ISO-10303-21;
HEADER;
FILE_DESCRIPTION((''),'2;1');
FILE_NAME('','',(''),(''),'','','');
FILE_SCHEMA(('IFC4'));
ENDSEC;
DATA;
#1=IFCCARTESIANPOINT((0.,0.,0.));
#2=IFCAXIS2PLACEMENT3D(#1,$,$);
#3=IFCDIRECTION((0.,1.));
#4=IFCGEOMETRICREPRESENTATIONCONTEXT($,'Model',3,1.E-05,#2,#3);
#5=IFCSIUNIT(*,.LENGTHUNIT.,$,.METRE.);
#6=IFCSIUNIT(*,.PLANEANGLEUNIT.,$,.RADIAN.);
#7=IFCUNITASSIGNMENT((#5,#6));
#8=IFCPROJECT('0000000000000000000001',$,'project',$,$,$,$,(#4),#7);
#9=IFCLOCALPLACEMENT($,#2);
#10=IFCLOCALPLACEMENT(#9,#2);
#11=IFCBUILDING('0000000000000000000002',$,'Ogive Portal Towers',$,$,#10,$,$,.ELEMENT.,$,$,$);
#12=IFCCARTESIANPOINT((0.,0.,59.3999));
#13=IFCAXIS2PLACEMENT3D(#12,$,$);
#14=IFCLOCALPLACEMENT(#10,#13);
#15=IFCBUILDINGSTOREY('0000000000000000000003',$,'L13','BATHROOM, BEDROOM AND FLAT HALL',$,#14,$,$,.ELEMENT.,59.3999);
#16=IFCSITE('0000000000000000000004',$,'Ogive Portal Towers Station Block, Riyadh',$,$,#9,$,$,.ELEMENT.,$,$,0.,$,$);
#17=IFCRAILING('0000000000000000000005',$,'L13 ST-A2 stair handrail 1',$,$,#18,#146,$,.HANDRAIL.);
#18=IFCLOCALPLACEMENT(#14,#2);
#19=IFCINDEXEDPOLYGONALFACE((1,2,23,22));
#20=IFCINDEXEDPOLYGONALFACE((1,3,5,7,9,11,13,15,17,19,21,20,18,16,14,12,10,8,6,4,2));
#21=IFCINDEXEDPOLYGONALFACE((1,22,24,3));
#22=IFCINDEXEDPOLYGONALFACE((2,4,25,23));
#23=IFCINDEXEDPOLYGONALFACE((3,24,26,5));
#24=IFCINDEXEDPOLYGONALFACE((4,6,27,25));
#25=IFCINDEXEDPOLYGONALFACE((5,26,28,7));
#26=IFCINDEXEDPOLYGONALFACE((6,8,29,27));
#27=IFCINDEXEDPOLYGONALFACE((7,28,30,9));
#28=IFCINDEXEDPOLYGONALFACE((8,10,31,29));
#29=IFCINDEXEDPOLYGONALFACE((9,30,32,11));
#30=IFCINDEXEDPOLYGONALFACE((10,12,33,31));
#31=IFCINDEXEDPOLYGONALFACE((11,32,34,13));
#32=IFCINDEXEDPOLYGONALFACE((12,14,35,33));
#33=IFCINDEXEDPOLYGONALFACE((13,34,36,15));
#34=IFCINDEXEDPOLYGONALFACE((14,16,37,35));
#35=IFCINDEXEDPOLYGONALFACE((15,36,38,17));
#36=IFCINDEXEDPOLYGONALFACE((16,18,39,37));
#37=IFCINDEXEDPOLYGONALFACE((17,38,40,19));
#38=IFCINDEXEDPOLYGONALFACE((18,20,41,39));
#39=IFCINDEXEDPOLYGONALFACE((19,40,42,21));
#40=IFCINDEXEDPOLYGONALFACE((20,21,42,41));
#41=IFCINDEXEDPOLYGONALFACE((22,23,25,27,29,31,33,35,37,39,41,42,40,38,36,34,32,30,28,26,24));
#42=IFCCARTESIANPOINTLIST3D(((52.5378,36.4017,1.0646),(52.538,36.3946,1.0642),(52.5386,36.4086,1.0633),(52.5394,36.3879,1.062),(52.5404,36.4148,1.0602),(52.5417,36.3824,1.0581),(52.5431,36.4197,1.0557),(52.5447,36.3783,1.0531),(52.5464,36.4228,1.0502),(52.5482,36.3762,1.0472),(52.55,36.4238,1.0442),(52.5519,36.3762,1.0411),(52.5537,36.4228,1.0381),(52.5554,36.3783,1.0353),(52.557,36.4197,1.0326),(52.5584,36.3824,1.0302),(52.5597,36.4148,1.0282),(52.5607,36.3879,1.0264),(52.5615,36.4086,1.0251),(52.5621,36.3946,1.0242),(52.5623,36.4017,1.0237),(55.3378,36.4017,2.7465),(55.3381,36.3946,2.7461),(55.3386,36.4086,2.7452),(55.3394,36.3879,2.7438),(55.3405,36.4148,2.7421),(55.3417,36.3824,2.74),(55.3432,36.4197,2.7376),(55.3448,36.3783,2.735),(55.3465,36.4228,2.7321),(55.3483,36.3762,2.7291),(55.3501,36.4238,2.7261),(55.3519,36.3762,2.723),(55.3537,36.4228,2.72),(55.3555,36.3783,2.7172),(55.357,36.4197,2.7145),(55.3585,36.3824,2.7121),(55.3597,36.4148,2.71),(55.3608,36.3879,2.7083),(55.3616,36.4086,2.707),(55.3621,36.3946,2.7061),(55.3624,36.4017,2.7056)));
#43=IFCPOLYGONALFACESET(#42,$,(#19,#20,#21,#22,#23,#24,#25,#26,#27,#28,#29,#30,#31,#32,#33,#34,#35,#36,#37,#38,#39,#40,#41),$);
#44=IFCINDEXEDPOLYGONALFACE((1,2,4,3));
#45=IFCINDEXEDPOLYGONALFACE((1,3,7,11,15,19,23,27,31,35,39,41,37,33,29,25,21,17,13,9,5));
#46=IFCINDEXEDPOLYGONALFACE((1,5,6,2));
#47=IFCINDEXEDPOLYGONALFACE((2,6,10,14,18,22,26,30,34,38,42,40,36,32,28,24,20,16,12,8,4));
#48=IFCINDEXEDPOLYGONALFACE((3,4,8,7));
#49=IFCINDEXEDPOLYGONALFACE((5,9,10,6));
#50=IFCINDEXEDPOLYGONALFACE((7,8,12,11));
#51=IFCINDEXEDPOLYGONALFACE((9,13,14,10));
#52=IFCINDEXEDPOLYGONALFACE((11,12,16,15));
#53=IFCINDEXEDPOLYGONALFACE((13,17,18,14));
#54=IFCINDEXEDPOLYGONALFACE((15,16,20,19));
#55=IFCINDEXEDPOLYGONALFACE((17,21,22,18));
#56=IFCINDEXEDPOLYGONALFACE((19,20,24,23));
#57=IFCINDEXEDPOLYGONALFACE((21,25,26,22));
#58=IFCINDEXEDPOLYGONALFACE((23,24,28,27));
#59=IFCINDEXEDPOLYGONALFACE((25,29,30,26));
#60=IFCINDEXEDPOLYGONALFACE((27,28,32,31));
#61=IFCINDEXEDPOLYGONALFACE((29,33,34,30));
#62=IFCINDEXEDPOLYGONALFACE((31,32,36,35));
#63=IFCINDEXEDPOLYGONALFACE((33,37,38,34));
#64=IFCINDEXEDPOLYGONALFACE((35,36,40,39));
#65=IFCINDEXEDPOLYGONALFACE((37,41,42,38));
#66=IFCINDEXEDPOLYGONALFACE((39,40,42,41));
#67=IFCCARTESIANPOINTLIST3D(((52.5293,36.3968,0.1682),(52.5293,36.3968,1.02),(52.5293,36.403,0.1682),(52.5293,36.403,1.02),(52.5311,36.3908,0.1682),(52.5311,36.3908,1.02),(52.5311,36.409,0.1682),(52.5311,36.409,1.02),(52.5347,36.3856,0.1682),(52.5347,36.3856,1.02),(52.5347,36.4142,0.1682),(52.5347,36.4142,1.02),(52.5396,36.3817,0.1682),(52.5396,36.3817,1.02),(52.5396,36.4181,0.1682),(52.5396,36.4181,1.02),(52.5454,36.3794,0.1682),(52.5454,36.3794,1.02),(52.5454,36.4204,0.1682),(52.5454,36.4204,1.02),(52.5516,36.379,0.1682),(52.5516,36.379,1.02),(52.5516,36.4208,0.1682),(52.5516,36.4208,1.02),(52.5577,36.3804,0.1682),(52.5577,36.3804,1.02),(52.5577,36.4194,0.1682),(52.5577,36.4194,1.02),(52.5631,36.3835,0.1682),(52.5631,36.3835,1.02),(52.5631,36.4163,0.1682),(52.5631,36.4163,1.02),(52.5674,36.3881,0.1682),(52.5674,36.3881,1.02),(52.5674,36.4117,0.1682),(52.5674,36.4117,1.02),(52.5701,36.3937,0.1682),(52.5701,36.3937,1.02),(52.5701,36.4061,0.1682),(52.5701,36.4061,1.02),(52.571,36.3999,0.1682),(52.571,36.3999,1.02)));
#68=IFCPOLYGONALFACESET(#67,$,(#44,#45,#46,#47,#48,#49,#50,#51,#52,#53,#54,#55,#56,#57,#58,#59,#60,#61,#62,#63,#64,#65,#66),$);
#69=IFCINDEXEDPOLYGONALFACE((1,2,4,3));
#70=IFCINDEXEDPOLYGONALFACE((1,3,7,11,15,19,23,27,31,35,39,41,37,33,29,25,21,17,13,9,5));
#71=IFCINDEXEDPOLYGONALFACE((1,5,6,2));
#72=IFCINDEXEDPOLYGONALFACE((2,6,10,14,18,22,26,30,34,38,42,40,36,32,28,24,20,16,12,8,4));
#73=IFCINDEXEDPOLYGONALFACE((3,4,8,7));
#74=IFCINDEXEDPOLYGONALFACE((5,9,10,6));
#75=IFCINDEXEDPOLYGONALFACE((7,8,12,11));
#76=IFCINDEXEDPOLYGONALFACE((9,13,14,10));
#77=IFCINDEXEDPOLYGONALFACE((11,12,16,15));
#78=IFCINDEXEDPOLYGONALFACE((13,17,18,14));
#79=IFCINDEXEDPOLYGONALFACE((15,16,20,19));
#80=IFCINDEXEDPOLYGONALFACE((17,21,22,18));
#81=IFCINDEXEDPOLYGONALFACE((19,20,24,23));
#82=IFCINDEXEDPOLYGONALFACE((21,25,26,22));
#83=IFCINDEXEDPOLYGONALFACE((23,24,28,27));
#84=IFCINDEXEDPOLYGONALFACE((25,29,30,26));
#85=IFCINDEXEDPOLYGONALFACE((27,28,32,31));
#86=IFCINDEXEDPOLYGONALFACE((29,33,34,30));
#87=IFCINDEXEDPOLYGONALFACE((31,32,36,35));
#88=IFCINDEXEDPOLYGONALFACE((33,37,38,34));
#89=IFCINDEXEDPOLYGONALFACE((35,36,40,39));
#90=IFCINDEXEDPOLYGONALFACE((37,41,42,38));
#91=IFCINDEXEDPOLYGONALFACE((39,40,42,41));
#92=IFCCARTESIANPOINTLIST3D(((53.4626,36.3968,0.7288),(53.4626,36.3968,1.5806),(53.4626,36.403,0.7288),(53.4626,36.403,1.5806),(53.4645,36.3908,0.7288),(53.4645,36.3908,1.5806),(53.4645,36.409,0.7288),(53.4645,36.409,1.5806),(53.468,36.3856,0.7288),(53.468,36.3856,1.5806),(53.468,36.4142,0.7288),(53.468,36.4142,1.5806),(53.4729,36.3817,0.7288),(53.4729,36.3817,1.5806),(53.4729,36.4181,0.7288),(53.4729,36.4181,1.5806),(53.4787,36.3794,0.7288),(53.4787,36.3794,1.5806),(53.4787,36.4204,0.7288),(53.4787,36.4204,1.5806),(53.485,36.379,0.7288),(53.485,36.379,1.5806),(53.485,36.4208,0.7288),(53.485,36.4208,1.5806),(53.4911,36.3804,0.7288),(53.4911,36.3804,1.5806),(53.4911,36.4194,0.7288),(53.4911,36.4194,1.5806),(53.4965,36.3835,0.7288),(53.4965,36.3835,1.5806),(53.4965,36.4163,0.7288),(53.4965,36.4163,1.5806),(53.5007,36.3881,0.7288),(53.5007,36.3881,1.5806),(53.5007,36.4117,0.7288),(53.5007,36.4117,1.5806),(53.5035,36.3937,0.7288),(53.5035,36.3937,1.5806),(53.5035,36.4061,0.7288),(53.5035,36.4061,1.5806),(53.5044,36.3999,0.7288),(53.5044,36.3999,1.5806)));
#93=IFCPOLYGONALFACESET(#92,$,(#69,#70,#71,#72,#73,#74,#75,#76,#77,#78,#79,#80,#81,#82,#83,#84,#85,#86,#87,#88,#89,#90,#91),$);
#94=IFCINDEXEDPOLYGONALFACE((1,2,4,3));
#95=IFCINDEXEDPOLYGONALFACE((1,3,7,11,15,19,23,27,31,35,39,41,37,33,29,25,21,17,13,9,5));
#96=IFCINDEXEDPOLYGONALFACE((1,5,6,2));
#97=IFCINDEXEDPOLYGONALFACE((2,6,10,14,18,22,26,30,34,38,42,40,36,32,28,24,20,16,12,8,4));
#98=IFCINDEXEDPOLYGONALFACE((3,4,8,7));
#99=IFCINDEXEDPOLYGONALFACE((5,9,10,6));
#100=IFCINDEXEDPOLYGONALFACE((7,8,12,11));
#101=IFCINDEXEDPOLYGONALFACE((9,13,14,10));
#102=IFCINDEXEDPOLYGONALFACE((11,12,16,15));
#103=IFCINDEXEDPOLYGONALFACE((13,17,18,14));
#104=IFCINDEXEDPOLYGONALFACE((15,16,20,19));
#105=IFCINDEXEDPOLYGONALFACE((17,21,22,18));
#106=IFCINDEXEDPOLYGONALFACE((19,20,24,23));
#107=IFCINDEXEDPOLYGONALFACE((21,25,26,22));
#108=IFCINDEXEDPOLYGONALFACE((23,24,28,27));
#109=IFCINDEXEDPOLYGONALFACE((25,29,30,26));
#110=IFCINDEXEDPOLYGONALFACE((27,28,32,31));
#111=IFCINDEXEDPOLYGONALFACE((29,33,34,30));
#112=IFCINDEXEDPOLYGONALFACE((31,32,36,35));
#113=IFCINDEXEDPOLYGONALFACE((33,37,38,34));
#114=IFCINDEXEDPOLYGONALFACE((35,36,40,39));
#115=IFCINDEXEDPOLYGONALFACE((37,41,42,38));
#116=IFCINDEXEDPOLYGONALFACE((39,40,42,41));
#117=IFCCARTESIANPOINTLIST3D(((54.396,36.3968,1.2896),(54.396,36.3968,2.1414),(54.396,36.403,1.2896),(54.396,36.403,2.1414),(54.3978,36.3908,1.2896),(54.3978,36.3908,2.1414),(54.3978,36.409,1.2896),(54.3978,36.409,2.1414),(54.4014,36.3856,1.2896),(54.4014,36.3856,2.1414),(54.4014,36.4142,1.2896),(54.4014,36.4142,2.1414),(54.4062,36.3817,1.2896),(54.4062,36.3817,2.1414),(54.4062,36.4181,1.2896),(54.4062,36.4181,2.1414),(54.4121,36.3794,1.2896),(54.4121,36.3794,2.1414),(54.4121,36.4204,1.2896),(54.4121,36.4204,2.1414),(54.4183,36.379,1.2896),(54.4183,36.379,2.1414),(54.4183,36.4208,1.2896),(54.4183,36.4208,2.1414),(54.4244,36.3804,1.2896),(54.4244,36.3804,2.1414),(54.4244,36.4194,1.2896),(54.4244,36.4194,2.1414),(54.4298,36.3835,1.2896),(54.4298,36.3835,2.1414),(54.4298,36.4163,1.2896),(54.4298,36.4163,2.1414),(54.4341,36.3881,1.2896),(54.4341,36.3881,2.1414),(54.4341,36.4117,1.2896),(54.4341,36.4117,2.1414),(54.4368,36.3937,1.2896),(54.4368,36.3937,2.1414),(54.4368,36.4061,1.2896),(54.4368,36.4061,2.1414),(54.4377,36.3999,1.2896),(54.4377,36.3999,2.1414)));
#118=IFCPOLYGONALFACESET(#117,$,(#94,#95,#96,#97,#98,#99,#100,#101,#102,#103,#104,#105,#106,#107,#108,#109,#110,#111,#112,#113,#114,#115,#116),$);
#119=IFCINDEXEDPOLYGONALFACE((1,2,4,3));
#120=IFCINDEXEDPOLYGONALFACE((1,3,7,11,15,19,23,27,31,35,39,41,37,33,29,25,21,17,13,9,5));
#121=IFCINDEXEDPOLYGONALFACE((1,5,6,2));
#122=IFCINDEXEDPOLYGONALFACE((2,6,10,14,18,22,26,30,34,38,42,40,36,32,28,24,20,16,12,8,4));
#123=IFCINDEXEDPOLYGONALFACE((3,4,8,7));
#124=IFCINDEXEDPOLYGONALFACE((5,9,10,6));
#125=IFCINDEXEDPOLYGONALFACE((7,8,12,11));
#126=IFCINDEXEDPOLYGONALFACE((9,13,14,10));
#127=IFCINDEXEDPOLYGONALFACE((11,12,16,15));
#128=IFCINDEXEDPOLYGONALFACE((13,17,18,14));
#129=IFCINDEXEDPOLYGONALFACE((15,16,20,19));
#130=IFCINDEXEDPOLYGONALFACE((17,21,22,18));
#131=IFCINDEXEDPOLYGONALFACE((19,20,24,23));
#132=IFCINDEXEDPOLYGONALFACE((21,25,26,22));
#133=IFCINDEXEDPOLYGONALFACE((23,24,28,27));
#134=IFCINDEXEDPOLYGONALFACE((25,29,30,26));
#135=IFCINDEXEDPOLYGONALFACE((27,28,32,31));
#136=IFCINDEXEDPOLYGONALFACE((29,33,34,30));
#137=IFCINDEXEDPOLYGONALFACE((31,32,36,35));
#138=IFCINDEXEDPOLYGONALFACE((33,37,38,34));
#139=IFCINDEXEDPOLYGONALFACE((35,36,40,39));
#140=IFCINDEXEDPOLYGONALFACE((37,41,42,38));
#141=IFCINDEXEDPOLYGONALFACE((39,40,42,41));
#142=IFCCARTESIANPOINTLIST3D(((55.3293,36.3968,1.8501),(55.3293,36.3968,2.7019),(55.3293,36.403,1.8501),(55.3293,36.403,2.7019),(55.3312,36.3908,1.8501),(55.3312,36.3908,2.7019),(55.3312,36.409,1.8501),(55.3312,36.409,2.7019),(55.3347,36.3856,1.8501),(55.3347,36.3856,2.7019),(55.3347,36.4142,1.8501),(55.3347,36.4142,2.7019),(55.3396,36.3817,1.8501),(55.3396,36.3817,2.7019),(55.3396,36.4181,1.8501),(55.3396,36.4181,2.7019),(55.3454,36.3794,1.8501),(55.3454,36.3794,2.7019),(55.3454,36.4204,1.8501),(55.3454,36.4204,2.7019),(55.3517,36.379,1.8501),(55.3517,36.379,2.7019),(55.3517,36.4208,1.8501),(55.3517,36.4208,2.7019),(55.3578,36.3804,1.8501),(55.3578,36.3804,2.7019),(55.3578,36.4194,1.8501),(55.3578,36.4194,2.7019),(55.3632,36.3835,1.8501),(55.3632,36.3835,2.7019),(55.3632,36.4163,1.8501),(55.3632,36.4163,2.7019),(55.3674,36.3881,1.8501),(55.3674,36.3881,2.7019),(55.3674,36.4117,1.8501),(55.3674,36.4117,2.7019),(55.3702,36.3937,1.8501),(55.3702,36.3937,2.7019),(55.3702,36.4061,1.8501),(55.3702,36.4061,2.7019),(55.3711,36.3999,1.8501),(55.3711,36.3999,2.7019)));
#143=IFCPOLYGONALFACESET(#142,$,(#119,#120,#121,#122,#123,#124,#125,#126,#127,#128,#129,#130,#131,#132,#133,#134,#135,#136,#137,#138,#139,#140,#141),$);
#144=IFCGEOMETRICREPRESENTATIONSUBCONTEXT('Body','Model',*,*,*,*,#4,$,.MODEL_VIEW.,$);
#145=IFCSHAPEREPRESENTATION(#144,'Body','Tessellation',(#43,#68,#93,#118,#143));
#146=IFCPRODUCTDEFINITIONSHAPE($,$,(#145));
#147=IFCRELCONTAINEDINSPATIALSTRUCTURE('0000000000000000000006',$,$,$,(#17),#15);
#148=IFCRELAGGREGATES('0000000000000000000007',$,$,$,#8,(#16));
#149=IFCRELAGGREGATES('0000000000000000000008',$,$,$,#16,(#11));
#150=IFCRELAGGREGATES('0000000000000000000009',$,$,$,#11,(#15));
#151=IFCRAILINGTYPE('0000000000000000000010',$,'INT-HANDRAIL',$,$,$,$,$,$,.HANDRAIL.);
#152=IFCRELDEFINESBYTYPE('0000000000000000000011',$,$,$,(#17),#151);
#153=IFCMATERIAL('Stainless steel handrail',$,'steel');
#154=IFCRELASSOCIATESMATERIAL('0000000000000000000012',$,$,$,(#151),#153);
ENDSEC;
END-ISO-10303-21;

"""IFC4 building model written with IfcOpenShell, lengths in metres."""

from ifc_helpers import new_model, si_unit, direction, frame, origin, origin_2d, place, context, subcontext, project, spatial, circle, extrude, material, type_object, element, save


model = new_model("IFC4")

# Units and contexts
model_context = context("Model", 3, precision=1e-05, world=origin(), true_north=direction((0.0, 1.0)))
body_context = subcontext(model_context, "Body", "Model", "MODEL_VIEW")
ifc_project = project(units=[si_unit("LENGTHUNIT", "METRE"), si_unit("PLANEANGLEUNIT", "RADIAN")], contexts=[model_context])

# Site, building, storey
site_placement = place(None, origin())
site = spatial("IfcSite", under=ifc_project, at=site_placement, Name="Ogive Portal Towers Station Block, Riyadh", CompositionType="ELEMENT", RefElevation=0.0)
building_placement = place(site_placement, origin())
building = spatial("IfcBuilding", under=site, at=building_placement, Name="Ogive Portal Towers", CompositionType="ELEMENT")
storey_placement = place(building_placement, frame((0.0, 0.0, 59.3999)))
storey = spatial("IfcBuildingStorey", under=building, at=storey_placement, Name="L13", Description="BATHROOM, BEDROOM AND FLAT HALL", CompositionType="ELEMENT", Elevation=59.3999)

# Railing
ifc_material_1 = material(Name="Stainless steel handrail", Category="steel")
railing_type_1 = type_object("IfcRailingType", Name="INT-HANDRAIL", PredefinedType="HANDRAIL", material=ifc_material_1)
railing_1_placement = place(storey_placement, frame((52.55, 36.3999, 0.1682)))
element("IfcRailing", 1, at=railing_1_placement, inside=storey, type_object=railing_type_1, Name="L13 ST-A2 stair handrail 1", PredefinedType="HANDRAIL", context=body_context, shape_type="SweptSolid", body=[
    extrude(circle(Radius=0.0239, at=origin_2d()), frame((0.0, 0.0, 0.876), z_axis=(0.857242, 0.0, 0.514913), x_axis=(0.0, 1.0, 0.0)), (0.0, 0.0, 1.0), 3.2664),
    extrude(circle(Radius=0.021, at=origin_2d()), origin(), (0.0, 0.0, 1.0), 0.8518),
    extrude(circle(Radius=0.021, at=origin_2d()), frame((0.9333, 0.0, 0.5605)), (0.0, 0.0, 1.0), 0.8518),
    extrude(circle(Radius=0.021, at=origin_2d()), frame((1.8667, 0.0, 1.1213)), (0.0, 0.0, 1.0), 0.8518),
    extrude(circle(Radius=0.021, at=origin_2d()), frame((2.8, 0.0, 1.6819)), (0.0, 0.0, 1.0), 0.8518),
])

save(model, "model.ifc")
